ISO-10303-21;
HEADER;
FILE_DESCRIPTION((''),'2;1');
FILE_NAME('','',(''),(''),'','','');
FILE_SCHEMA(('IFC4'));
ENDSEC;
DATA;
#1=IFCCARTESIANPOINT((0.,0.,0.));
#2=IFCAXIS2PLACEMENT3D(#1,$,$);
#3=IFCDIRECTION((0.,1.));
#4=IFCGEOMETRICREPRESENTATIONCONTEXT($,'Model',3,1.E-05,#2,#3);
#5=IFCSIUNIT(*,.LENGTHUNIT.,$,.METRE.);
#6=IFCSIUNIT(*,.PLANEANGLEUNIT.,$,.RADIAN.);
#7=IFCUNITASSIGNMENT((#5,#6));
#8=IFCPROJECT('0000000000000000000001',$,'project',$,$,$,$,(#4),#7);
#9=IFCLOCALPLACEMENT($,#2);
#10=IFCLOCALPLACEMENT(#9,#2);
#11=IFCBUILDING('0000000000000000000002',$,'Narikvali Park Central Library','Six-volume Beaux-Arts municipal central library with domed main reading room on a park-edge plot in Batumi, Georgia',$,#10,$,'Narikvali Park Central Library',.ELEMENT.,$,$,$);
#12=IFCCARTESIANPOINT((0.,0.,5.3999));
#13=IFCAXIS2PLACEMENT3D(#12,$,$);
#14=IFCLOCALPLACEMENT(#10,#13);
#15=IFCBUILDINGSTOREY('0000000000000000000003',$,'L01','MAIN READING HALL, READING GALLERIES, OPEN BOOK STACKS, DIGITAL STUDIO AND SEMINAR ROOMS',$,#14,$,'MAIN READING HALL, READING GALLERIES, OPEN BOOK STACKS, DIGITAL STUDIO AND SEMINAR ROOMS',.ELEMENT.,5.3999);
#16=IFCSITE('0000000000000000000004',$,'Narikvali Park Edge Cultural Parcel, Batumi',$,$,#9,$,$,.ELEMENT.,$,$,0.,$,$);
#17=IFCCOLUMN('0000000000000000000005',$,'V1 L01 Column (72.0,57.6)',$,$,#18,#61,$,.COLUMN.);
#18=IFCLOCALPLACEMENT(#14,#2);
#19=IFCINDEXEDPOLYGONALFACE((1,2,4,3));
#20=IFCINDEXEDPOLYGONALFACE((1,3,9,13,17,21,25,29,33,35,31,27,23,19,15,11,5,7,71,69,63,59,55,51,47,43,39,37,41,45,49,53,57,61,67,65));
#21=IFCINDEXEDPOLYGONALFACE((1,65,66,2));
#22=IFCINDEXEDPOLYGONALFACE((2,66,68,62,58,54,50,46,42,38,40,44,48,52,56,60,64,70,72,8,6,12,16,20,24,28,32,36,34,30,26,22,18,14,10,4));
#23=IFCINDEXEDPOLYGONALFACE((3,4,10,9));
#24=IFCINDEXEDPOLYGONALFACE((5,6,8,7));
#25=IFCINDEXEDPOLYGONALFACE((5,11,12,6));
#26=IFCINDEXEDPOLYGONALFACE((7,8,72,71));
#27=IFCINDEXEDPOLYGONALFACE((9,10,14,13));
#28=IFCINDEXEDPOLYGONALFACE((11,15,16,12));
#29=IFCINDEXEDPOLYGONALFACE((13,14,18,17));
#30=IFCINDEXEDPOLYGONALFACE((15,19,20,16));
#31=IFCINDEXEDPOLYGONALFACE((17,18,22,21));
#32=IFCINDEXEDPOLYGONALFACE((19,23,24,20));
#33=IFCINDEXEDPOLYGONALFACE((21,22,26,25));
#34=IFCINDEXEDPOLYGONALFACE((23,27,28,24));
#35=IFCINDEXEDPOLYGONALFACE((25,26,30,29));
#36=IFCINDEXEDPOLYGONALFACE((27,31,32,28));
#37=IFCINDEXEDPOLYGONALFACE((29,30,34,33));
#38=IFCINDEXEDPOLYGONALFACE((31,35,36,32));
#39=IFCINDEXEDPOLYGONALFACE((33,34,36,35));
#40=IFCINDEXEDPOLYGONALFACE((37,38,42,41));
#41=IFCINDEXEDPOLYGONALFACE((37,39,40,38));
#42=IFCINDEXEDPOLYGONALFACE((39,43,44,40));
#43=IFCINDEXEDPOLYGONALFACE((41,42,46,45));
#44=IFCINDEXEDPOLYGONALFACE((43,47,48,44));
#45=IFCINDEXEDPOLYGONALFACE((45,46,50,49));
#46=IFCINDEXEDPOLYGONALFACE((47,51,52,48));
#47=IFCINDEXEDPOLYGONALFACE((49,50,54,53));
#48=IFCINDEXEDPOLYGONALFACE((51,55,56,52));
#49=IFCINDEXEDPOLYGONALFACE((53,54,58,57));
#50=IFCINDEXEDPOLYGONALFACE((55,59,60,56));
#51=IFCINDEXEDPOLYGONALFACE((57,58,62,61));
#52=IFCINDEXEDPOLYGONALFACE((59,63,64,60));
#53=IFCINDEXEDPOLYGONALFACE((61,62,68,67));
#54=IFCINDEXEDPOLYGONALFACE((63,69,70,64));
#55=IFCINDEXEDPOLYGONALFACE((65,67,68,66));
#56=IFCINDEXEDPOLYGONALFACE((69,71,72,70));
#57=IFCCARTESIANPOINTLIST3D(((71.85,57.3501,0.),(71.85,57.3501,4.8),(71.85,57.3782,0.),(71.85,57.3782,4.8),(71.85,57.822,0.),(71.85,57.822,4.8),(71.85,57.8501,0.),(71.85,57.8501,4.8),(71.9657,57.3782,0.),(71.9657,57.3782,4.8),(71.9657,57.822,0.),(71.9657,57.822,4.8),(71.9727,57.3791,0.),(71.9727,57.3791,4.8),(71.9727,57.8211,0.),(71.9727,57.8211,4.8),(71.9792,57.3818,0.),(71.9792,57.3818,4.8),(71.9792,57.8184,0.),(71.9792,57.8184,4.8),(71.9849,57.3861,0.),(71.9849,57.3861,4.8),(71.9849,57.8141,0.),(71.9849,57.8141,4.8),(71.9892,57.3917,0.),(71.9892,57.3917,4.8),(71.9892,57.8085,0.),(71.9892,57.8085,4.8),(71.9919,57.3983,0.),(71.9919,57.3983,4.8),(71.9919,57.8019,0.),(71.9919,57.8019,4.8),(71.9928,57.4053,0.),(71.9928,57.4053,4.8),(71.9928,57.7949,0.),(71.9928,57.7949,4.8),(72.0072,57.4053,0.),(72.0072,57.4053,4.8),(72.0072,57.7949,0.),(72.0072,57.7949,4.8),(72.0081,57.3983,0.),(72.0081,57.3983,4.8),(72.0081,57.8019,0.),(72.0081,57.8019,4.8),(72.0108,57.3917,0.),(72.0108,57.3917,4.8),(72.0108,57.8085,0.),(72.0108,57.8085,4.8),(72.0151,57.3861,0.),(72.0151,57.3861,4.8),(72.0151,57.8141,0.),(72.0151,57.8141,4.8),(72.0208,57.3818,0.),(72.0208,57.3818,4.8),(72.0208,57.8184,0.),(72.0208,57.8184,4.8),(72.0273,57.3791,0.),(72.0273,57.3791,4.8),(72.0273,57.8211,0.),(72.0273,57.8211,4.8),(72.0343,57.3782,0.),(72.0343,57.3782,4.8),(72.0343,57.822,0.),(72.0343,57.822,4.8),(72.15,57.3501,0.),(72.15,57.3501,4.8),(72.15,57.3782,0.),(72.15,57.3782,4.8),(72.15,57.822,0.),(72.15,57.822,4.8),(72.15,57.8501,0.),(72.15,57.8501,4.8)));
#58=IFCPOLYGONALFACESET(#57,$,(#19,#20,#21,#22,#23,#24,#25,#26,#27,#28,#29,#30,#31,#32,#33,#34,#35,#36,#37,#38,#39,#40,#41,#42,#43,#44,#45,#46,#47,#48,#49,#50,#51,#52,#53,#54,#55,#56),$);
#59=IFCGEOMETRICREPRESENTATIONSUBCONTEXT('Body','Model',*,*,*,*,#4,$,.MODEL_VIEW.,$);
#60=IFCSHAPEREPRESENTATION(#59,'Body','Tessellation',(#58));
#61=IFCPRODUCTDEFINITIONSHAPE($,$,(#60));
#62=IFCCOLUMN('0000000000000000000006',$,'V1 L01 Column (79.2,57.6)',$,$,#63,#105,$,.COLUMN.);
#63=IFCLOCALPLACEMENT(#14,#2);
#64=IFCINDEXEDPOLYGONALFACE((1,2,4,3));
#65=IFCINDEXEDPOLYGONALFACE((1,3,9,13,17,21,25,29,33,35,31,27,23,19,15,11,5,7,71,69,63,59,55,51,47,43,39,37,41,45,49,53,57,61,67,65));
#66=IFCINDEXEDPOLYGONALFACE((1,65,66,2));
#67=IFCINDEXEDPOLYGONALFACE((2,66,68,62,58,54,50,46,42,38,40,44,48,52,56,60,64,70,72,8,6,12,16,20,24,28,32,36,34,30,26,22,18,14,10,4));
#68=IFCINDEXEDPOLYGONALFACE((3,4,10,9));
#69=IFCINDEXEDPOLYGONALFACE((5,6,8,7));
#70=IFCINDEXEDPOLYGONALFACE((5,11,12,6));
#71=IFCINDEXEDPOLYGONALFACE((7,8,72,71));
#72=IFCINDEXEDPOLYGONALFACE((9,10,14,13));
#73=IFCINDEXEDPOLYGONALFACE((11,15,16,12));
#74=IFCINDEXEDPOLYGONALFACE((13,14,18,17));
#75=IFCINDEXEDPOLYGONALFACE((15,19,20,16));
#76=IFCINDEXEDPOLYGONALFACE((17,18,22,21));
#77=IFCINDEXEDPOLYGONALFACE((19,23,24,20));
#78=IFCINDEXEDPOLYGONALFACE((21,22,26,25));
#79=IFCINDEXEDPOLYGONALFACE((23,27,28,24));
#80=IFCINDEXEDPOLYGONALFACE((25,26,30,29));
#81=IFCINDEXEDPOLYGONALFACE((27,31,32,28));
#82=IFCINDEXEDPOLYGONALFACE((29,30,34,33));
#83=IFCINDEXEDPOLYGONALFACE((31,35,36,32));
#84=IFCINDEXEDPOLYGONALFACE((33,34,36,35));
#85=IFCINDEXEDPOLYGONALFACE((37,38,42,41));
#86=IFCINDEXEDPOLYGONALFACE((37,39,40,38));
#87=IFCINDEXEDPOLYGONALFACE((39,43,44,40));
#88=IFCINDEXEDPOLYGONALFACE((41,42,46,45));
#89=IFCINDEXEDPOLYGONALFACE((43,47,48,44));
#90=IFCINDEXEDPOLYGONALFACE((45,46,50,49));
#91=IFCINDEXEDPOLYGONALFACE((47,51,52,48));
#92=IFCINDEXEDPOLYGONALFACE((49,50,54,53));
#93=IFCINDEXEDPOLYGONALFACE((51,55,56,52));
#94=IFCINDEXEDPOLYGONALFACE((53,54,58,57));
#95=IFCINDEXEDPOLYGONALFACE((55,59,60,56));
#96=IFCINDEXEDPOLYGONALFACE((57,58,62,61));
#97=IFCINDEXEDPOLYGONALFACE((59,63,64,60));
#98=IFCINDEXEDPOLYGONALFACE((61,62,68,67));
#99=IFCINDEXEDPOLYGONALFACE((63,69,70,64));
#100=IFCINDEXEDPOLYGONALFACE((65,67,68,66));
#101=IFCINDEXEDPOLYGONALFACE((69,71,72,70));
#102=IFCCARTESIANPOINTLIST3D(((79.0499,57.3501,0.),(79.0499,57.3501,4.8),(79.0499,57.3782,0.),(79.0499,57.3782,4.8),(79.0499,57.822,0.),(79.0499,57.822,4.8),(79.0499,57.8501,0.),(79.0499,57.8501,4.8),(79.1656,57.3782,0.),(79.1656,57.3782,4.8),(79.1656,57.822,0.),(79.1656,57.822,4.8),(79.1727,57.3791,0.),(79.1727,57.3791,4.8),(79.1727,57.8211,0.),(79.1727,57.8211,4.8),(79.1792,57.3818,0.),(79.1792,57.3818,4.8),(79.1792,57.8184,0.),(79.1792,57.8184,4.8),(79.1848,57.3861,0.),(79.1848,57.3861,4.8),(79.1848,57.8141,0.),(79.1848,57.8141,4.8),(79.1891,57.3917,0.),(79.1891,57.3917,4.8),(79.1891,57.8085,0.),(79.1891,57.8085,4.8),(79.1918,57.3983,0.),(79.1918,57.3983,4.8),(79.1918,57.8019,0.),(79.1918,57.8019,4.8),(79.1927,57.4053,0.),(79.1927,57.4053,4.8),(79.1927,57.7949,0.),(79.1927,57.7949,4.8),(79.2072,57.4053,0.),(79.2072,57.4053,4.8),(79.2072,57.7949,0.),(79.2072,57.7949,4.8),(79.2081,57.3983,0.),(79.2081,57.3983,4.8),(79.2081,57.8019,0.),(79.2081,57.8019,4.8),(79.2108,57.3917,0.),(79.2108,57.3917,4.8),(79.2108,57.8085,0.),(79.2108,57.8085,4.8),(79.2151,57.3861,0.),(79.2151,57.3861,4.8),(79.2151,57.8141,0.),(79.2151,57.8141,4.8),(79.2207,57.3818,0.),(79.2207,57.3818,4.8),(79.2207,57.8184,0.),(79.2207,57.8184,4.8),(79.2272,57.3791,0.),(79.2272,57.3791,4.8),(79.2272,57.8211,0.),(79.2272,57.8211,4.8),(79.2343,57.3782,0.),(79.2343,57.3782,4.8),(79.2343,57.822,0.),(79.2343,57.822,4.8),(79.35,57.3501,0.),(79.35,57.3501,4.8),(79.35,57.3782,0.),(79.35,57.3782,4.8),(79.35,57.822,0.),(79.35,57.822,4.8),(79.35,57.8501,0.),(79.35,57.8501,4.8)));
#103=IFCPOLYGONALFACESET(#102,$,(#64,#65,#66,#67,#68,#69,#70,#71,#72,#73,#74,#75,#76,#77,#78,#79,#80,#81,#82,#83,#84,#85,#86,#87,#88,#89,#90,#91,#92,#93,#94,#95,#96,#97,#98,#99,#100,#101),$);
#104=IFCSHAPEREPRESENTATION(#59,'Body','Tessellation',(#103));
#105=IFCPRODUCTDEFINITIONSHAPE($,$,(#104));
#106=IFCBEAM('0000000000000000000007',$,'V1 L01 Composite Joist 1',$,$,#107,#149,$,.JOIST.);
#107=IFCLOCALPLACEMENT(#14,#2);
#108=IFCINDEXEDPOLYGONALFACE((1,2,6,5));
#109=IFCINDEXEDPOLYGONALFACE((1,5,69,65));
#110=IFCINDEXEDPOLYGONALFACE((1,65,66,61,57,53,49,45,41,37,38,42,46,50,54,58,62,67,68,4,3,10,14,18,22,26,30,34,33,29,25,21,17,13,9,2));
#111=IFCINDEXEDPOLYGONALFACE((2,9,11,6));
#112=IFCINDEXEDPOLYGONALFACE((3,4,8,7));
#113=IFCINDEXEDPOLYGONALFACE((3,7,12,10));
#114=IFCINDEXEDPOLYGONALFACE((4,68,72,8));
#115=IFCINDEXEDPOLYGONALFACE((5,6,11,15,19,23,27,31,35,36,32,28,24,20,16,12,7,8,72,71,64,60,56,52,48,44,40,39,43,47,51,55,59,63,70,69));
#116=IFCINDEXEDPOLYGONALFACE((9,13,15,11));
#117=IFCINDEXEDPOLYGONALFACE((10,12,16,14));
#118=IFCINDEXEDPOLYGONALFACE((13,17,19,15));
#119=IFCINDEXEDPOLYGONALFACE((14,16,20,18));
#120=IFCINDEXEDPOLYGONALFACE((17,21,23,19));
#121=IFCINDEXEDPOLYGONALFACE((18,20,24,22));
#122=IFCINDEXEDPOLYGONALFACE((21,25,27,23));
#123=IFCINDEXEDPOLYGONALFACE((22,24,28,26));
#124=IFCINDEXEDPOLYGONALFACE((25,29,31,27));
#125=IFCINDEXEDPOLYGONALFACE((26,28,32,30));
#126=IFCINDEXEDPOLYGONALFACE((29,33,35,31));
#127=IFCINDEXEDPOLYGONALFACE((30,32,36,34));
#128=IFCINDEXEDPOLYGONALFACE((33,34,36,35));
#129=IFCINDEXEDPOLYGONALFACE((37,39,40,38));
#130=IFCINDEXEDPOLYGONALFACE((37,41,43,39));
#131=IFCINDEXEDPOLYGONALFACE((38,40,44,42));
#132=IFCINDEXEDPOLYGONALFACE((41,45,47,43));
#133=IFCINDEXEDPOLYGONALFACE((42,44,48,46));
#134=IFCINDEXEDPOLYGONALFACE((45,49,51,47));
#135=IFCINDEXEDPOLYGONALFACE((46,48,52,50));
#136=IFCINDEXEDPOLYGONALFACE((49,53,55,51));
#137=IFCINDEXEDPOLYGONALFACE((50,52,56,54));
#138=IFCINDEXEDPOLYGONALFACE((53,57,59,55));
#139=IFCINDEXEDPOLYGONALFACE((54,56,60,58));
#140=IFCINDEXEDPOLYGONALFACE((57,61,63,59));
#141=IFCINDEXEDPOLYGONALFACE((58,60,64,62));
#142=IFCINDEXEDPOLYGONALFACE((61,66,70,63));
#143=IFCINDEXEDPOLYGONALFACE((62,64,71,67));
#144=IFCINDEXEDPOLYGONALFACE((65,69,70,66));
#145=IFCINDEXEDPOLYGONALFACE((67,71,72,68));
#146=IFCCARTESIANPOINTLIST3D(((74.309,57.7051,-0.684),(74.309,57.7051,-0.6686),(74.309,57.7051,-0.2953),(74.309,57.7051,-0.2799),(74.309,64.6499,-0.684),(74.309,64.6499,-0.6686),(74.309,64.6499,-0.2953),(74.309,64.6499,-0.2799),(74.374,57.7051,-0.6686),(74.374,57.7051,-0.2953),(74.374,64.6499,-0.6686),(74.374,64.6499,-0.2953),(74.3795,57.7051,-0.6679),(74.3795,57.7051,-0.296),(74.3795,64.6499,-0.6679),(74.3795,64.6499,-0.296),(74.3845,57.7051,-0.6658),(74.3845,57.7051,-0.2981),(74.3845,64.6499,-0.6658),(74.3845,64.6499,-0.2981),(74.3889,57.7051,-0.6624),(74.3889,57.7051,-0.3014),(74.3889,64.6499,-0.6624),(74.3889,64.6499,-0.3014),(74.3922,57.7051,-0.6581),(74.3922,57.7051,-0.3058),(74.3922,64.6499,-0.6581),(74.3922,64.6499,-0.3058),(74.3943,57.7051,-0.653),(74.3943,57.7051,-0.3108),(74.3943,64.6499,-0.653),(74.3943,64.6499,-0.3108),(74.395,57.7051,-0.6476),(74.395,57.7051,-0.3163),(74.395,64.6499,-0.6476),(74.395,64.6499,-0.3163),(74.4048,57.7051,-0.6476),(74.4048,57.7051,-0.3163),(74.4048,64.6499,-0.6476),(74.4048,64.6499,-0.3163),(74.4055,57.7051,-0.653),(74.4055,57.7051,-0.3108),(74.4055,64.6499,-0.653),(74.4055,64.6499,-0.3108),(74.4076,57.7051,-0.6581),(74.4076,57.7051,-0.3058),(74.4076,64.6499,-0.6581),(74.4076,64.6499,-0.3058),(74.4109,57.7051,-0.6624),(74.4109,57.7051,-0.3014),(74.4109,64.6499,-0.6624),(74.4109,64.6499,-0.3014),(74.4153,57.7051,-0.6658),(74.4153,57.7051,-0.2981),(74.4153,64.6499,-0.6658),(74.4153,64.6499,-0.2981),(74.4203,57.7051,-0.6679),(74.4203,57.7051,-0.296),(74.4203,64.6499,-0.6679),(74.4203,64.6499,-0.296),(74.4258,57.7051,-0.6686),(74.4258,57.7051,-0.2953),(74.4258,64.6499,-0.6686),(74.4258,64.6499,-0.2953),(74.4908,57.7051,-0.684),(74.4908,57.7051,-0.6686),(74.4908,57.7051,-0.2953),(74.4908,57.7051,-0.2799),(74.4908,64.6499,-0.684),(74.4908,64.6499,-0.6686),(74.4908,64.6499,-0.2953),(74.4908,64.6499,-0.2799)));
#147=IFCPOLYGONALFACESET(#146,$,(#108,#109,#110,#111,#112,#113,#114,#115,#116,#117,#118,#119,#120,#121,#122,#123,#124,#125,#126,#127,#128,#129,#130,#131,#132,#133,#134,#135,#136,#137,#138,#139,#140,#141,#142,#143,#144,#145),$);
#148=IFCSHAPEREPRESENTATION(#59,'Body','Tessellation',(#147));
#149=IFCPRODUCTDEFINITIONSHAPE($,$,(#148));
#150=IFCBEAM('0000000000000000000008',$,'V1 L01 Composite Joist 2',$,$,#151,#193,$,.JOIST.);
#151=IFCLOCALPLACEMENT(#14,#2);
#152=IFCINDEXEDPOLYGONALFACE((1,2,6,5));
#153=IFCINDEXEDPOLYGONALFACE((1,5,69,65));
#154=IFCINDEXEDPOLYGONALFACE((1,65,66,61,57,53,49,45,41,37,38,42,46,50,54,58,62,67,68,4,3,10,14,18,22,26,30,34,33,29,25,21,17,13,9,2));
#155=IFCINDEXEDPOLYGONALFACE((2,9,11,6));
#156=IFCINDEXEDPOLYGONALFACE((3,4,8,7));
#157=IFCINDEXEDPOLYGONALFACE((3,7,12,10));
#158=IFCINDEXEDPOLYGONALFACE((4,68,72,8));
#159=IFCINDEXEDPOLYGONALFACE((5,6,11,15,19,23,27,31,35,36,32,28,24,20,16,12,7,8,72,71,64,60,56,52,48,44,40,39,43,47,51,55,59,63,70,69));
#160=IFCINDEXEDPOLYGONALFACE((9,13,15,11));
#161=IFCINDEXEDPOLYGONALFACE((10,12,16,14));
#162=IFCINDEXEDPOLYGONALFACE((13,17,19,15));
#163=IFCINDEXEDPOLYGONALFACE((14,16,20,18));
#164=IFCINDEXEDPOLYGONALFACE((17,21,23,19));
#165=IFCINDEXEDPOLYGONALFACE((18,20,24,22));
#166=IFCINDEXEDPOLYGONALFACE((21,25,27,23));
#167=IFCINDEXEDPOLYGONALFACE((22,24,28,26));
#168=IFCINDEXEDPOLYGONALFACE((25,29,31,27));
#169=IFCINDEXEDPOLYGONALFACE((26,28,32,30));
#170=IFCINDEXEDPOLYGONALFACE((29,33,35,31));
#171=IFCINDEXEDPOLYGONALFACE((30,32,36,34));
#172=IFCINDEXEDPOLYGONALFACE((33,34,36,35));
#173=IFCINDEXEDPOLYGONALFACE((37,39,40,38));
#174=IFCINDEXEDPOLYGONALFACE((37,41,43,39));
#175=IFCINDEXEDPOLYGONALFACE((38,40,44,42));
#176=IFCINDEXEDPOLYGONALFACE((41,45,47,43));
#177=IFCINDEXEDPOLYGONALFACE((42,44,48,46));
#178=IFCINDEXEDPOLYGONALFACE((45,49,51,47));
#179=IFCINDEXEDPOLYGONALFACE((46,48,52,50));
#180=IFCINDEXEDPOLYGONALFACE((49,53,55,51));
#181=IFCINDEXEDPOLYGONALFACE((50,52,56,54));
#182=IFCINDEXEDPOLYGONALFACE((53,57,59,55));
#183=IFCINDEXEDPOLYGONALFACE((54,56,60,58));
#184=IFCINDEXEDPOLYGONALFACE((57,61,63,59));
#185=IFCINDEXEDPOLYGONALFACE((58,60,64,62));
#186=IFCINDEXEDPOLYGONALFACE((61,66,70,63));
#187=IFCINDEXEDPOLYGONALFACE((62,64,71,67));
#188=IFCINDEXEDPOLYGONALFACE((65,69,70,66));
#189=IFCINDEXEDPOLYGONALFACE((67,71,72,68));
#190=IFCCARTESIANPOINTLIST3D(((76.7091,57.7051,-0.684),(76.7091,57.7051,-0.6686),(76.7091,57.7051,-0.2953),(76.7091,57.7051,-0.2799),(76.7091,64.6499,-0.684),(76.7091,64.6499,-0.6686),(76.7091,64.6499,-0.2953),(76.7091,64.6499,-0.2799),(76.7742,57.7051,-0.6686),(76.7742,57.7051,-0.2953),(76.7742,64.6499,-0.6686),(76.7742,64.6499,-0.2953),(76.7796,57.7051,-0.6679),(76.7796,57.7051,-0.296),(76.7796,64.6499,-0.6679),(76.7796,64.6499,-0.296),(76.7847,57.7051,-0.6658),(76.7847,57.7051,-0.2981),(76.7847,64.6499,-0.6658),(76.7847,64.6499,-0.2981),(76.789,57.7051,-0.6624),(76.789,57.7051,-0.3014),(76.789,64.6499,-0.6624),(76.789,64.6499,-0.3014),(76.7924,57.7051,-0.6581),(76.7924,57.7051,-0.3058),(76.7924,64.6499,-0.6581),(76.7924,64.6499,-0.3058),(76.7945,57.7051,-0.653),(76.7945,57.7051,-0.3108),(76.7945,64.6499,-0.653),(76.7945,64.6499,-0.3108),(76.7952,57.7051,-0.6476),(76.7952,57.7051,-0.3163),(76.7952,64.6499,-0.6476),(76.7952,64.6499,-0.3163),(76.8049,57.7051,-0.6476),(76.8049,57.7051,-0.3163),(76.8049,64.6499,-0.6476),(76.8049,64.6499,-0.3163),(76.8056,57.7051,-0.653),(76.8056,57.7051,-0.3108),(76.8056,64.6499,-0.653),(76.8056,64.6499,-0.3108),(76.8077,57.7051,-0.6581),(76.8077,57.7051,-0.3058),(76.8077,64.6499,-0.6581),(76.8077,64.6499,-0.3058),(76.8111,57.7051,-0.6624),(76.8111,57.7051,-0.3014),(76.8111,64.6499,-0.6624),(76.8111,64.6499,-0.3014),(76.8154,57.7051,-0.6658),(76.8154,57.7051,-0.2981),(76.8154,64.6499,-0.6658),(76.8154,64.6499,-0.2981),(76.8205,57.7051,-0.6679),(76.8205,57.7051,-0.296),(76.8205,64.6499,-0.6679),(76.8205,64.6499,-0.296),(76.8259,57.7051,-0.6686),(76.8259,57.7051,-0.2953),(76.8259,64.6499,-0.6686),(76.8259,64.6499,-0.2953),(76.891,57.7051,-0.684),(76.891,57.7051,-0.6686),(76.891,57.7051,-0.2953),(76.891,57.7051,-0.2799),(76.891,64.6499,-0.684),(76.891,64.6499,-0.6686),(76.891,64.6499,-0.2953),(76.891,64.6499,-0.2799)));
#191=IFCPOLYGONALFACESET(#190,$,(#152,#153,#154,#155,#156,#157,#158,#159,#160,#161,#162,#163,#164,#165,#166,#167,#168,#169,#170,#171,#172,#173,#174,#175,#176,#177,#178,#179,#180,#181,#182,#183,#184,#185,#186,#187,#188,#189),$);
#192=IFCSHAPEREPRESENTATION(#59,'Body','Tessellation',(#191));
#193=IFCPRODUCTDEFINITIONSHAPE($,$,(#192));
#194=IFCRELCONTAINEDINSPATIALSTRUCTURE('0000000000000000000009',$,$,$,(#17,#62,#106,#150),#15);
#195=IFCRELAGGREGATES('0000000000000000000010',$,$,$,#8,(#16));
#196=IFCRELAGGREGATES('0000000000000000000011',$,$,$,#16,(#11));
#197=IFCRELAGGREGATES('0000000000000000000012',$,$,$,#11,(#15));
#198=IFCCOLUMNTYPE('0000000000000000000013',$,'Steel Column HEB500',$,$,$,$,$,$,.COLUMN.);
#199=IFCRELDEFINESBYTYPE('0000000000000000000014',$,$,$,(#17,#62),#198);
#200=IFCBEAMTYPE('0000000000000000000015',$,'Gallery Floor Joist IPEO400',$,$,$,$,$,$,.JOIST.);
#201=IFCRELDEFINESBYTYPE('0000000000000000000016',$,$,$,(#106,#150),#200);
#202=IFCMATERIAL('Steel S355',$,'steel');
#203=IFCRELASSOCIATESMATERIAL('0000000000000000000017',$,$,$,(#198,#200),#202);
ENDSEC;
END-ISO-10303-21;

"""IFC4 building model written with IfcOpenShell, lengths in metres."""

from ifc_helpers import new_model, si_unit, direction, frame, origin, origin_2d, place, context, subcontext, project, spatial, i_section, extrude, material, material_profile, profile_set, type_object, element, save


model = new_model("IFC4")

# Units and contexts
model_context = context("Model", 3, precision=1e-05, world=origin(), true_north=direction((0.0, 1.0)))
body_context = subcontext(model_context, "Body", "Model", "MODEL_VIEW")
ifc_project = project(units=[si_unit("LENGTHUNIT", "METRE"), si_unit("PLANEANGLEUNIT", "RADIAN")], contexts=[model_context])

# Site, building, storey
site_placement = place(None, origin())
site = spatial("IfcSite", under=ifc_project, at=site_placement, Name="Narikvali Park Edge Cultural Parcel, Batumi", CompositionType="ELEMENT", RefElevation=0.0)
building_placement = place(site_placement, origin())
building = spatial("IfcBuilding", under=site, at=building_placement, Name="Narikvali Park Central Library", Description="Six-volume Beaux-Arts municipal central library with domed main reading room on a park-edge plot in Batumi, Georgia", LongName="Narikvali Park Central Library", CompositionType="ELEMENT")
storey_placement = place(building_placement, frame((0.0, 0.0, 5.3999)))
storey = spatial("IfcBuildingStorey", under=building, at=storey_placement, Name="L01", Description="MAIN READING HALL, READING GALLERIES, OPEN BOOK STACKS, DIGITAL STUDIO AND SEMINAR ROOMS", LongName="MAIN READING HALL, READING GALLERIES, OPEN BOOK STACKS, DIGITAL STUDIO AND SEMINAR ROOMS", CompositionType="ELEMENT", Elevation=5.3999)

# Columns
ifc_material_1 = material(Name="Steel S355", Category="steel")
ifc_material_profile_1 = material_profile(ifc_material_1, i_section(OverallWidth=0.3, OverallDepth=0.5, WebThickness=0.0144, FlangeThickness=0.0281, FilletRadius=0.0271, at=origin_2d()), Name="HEB 500")
ifc_profile_set_1 = profile_set([ifc_material_profile_1], Name="Steel S355")
column_type = type_object("IfcColumnType", Name="Steel Column HEB500", PredefinedType="COLUMN", material=ifc_profile_set_1)
for number, where, z_axis, x_axis, name in (
    (1, (72.0, 57.6001, 0.0), (0.0, 0.0, 1.0), (1.0, 0.0, 0.0), "V1 L01 Column (72.0,57.6)"),
    (2, (79.2, 57.6001, 0.0), (0.0, 0.0, 1.0), (1.0, 0.0, 0.0), "V1 L01 Column (79.2,57.6)"),
):
    element("IfcColumn", number, at=place(storey_placement, frame(where, z_axis=z_axis, x_axis=x_axis)), inside=storey, type_object=column_type, Name=name, PredefinedType="COLUMN", context=body_context, shape_type="SweptSolid", body=[
        extrude(i_section(OverallWidth=0.3, OverallDepth=0.5, WebThickness=0.0144, FlangeThickness=0.0281, FilletRadius=0.0271, at=origin_2d()), origin(), (0.0, 0.0, 1.0), 4.8),
    ])

# Beams
ifc_material_profile_2 = material_profile(ifc_material_1, i_section(OverallWidth=0.1819, OverallDepth=0.4041, WebThickness=0.0098, FlangeThickness=0.0154, FilletRadius=0.021, at=origin_2d()), Name="IPEO 400")
ifc_profile_set_2 = profile_set([ifc_material_profile_2], Name="Steel S355")
beam_type_1 = type_object("IfcBeamType", Name="Gallery Floor Joist IPEO400", PredefinedType="JOIST", material=ifc_profile_set_2)
for number, where, z_axis, x_axis, name in (
    (3, (74.3999, 57.7051, -0.4819), (0.0, 1.0, 0.0), (-1.0, 0.0, 0.0), "V1 L01 Composite Joist 1"),
    (4, (76.8, 57.7051, -0.4819), (0.0, 1.0, 0.0), (-1.0, 0.0, 0.0), "V1 L01 Composite Joist 2"),
):
    element("IfcBeam", number, at=place(storey_placement, frame(where, z_axis=z_axis, x_axis=x_axis)), inside=storey, type_object=beam_type_1, Name=name, PredefinedType="JOIST", context=body_context, shape_type="SweptSolid", body=[
        extrude(i_section(OverallWidth=0.1819, OverallDepth=0.4041, WebThickness=0.0098, FlangeThickness=0.0154, FilletRadius=0.021, at=origin_2d()), origin(), (0.0, 0.0, 1.0), 6.9448),
    ])

save(model, "model.ifc")
